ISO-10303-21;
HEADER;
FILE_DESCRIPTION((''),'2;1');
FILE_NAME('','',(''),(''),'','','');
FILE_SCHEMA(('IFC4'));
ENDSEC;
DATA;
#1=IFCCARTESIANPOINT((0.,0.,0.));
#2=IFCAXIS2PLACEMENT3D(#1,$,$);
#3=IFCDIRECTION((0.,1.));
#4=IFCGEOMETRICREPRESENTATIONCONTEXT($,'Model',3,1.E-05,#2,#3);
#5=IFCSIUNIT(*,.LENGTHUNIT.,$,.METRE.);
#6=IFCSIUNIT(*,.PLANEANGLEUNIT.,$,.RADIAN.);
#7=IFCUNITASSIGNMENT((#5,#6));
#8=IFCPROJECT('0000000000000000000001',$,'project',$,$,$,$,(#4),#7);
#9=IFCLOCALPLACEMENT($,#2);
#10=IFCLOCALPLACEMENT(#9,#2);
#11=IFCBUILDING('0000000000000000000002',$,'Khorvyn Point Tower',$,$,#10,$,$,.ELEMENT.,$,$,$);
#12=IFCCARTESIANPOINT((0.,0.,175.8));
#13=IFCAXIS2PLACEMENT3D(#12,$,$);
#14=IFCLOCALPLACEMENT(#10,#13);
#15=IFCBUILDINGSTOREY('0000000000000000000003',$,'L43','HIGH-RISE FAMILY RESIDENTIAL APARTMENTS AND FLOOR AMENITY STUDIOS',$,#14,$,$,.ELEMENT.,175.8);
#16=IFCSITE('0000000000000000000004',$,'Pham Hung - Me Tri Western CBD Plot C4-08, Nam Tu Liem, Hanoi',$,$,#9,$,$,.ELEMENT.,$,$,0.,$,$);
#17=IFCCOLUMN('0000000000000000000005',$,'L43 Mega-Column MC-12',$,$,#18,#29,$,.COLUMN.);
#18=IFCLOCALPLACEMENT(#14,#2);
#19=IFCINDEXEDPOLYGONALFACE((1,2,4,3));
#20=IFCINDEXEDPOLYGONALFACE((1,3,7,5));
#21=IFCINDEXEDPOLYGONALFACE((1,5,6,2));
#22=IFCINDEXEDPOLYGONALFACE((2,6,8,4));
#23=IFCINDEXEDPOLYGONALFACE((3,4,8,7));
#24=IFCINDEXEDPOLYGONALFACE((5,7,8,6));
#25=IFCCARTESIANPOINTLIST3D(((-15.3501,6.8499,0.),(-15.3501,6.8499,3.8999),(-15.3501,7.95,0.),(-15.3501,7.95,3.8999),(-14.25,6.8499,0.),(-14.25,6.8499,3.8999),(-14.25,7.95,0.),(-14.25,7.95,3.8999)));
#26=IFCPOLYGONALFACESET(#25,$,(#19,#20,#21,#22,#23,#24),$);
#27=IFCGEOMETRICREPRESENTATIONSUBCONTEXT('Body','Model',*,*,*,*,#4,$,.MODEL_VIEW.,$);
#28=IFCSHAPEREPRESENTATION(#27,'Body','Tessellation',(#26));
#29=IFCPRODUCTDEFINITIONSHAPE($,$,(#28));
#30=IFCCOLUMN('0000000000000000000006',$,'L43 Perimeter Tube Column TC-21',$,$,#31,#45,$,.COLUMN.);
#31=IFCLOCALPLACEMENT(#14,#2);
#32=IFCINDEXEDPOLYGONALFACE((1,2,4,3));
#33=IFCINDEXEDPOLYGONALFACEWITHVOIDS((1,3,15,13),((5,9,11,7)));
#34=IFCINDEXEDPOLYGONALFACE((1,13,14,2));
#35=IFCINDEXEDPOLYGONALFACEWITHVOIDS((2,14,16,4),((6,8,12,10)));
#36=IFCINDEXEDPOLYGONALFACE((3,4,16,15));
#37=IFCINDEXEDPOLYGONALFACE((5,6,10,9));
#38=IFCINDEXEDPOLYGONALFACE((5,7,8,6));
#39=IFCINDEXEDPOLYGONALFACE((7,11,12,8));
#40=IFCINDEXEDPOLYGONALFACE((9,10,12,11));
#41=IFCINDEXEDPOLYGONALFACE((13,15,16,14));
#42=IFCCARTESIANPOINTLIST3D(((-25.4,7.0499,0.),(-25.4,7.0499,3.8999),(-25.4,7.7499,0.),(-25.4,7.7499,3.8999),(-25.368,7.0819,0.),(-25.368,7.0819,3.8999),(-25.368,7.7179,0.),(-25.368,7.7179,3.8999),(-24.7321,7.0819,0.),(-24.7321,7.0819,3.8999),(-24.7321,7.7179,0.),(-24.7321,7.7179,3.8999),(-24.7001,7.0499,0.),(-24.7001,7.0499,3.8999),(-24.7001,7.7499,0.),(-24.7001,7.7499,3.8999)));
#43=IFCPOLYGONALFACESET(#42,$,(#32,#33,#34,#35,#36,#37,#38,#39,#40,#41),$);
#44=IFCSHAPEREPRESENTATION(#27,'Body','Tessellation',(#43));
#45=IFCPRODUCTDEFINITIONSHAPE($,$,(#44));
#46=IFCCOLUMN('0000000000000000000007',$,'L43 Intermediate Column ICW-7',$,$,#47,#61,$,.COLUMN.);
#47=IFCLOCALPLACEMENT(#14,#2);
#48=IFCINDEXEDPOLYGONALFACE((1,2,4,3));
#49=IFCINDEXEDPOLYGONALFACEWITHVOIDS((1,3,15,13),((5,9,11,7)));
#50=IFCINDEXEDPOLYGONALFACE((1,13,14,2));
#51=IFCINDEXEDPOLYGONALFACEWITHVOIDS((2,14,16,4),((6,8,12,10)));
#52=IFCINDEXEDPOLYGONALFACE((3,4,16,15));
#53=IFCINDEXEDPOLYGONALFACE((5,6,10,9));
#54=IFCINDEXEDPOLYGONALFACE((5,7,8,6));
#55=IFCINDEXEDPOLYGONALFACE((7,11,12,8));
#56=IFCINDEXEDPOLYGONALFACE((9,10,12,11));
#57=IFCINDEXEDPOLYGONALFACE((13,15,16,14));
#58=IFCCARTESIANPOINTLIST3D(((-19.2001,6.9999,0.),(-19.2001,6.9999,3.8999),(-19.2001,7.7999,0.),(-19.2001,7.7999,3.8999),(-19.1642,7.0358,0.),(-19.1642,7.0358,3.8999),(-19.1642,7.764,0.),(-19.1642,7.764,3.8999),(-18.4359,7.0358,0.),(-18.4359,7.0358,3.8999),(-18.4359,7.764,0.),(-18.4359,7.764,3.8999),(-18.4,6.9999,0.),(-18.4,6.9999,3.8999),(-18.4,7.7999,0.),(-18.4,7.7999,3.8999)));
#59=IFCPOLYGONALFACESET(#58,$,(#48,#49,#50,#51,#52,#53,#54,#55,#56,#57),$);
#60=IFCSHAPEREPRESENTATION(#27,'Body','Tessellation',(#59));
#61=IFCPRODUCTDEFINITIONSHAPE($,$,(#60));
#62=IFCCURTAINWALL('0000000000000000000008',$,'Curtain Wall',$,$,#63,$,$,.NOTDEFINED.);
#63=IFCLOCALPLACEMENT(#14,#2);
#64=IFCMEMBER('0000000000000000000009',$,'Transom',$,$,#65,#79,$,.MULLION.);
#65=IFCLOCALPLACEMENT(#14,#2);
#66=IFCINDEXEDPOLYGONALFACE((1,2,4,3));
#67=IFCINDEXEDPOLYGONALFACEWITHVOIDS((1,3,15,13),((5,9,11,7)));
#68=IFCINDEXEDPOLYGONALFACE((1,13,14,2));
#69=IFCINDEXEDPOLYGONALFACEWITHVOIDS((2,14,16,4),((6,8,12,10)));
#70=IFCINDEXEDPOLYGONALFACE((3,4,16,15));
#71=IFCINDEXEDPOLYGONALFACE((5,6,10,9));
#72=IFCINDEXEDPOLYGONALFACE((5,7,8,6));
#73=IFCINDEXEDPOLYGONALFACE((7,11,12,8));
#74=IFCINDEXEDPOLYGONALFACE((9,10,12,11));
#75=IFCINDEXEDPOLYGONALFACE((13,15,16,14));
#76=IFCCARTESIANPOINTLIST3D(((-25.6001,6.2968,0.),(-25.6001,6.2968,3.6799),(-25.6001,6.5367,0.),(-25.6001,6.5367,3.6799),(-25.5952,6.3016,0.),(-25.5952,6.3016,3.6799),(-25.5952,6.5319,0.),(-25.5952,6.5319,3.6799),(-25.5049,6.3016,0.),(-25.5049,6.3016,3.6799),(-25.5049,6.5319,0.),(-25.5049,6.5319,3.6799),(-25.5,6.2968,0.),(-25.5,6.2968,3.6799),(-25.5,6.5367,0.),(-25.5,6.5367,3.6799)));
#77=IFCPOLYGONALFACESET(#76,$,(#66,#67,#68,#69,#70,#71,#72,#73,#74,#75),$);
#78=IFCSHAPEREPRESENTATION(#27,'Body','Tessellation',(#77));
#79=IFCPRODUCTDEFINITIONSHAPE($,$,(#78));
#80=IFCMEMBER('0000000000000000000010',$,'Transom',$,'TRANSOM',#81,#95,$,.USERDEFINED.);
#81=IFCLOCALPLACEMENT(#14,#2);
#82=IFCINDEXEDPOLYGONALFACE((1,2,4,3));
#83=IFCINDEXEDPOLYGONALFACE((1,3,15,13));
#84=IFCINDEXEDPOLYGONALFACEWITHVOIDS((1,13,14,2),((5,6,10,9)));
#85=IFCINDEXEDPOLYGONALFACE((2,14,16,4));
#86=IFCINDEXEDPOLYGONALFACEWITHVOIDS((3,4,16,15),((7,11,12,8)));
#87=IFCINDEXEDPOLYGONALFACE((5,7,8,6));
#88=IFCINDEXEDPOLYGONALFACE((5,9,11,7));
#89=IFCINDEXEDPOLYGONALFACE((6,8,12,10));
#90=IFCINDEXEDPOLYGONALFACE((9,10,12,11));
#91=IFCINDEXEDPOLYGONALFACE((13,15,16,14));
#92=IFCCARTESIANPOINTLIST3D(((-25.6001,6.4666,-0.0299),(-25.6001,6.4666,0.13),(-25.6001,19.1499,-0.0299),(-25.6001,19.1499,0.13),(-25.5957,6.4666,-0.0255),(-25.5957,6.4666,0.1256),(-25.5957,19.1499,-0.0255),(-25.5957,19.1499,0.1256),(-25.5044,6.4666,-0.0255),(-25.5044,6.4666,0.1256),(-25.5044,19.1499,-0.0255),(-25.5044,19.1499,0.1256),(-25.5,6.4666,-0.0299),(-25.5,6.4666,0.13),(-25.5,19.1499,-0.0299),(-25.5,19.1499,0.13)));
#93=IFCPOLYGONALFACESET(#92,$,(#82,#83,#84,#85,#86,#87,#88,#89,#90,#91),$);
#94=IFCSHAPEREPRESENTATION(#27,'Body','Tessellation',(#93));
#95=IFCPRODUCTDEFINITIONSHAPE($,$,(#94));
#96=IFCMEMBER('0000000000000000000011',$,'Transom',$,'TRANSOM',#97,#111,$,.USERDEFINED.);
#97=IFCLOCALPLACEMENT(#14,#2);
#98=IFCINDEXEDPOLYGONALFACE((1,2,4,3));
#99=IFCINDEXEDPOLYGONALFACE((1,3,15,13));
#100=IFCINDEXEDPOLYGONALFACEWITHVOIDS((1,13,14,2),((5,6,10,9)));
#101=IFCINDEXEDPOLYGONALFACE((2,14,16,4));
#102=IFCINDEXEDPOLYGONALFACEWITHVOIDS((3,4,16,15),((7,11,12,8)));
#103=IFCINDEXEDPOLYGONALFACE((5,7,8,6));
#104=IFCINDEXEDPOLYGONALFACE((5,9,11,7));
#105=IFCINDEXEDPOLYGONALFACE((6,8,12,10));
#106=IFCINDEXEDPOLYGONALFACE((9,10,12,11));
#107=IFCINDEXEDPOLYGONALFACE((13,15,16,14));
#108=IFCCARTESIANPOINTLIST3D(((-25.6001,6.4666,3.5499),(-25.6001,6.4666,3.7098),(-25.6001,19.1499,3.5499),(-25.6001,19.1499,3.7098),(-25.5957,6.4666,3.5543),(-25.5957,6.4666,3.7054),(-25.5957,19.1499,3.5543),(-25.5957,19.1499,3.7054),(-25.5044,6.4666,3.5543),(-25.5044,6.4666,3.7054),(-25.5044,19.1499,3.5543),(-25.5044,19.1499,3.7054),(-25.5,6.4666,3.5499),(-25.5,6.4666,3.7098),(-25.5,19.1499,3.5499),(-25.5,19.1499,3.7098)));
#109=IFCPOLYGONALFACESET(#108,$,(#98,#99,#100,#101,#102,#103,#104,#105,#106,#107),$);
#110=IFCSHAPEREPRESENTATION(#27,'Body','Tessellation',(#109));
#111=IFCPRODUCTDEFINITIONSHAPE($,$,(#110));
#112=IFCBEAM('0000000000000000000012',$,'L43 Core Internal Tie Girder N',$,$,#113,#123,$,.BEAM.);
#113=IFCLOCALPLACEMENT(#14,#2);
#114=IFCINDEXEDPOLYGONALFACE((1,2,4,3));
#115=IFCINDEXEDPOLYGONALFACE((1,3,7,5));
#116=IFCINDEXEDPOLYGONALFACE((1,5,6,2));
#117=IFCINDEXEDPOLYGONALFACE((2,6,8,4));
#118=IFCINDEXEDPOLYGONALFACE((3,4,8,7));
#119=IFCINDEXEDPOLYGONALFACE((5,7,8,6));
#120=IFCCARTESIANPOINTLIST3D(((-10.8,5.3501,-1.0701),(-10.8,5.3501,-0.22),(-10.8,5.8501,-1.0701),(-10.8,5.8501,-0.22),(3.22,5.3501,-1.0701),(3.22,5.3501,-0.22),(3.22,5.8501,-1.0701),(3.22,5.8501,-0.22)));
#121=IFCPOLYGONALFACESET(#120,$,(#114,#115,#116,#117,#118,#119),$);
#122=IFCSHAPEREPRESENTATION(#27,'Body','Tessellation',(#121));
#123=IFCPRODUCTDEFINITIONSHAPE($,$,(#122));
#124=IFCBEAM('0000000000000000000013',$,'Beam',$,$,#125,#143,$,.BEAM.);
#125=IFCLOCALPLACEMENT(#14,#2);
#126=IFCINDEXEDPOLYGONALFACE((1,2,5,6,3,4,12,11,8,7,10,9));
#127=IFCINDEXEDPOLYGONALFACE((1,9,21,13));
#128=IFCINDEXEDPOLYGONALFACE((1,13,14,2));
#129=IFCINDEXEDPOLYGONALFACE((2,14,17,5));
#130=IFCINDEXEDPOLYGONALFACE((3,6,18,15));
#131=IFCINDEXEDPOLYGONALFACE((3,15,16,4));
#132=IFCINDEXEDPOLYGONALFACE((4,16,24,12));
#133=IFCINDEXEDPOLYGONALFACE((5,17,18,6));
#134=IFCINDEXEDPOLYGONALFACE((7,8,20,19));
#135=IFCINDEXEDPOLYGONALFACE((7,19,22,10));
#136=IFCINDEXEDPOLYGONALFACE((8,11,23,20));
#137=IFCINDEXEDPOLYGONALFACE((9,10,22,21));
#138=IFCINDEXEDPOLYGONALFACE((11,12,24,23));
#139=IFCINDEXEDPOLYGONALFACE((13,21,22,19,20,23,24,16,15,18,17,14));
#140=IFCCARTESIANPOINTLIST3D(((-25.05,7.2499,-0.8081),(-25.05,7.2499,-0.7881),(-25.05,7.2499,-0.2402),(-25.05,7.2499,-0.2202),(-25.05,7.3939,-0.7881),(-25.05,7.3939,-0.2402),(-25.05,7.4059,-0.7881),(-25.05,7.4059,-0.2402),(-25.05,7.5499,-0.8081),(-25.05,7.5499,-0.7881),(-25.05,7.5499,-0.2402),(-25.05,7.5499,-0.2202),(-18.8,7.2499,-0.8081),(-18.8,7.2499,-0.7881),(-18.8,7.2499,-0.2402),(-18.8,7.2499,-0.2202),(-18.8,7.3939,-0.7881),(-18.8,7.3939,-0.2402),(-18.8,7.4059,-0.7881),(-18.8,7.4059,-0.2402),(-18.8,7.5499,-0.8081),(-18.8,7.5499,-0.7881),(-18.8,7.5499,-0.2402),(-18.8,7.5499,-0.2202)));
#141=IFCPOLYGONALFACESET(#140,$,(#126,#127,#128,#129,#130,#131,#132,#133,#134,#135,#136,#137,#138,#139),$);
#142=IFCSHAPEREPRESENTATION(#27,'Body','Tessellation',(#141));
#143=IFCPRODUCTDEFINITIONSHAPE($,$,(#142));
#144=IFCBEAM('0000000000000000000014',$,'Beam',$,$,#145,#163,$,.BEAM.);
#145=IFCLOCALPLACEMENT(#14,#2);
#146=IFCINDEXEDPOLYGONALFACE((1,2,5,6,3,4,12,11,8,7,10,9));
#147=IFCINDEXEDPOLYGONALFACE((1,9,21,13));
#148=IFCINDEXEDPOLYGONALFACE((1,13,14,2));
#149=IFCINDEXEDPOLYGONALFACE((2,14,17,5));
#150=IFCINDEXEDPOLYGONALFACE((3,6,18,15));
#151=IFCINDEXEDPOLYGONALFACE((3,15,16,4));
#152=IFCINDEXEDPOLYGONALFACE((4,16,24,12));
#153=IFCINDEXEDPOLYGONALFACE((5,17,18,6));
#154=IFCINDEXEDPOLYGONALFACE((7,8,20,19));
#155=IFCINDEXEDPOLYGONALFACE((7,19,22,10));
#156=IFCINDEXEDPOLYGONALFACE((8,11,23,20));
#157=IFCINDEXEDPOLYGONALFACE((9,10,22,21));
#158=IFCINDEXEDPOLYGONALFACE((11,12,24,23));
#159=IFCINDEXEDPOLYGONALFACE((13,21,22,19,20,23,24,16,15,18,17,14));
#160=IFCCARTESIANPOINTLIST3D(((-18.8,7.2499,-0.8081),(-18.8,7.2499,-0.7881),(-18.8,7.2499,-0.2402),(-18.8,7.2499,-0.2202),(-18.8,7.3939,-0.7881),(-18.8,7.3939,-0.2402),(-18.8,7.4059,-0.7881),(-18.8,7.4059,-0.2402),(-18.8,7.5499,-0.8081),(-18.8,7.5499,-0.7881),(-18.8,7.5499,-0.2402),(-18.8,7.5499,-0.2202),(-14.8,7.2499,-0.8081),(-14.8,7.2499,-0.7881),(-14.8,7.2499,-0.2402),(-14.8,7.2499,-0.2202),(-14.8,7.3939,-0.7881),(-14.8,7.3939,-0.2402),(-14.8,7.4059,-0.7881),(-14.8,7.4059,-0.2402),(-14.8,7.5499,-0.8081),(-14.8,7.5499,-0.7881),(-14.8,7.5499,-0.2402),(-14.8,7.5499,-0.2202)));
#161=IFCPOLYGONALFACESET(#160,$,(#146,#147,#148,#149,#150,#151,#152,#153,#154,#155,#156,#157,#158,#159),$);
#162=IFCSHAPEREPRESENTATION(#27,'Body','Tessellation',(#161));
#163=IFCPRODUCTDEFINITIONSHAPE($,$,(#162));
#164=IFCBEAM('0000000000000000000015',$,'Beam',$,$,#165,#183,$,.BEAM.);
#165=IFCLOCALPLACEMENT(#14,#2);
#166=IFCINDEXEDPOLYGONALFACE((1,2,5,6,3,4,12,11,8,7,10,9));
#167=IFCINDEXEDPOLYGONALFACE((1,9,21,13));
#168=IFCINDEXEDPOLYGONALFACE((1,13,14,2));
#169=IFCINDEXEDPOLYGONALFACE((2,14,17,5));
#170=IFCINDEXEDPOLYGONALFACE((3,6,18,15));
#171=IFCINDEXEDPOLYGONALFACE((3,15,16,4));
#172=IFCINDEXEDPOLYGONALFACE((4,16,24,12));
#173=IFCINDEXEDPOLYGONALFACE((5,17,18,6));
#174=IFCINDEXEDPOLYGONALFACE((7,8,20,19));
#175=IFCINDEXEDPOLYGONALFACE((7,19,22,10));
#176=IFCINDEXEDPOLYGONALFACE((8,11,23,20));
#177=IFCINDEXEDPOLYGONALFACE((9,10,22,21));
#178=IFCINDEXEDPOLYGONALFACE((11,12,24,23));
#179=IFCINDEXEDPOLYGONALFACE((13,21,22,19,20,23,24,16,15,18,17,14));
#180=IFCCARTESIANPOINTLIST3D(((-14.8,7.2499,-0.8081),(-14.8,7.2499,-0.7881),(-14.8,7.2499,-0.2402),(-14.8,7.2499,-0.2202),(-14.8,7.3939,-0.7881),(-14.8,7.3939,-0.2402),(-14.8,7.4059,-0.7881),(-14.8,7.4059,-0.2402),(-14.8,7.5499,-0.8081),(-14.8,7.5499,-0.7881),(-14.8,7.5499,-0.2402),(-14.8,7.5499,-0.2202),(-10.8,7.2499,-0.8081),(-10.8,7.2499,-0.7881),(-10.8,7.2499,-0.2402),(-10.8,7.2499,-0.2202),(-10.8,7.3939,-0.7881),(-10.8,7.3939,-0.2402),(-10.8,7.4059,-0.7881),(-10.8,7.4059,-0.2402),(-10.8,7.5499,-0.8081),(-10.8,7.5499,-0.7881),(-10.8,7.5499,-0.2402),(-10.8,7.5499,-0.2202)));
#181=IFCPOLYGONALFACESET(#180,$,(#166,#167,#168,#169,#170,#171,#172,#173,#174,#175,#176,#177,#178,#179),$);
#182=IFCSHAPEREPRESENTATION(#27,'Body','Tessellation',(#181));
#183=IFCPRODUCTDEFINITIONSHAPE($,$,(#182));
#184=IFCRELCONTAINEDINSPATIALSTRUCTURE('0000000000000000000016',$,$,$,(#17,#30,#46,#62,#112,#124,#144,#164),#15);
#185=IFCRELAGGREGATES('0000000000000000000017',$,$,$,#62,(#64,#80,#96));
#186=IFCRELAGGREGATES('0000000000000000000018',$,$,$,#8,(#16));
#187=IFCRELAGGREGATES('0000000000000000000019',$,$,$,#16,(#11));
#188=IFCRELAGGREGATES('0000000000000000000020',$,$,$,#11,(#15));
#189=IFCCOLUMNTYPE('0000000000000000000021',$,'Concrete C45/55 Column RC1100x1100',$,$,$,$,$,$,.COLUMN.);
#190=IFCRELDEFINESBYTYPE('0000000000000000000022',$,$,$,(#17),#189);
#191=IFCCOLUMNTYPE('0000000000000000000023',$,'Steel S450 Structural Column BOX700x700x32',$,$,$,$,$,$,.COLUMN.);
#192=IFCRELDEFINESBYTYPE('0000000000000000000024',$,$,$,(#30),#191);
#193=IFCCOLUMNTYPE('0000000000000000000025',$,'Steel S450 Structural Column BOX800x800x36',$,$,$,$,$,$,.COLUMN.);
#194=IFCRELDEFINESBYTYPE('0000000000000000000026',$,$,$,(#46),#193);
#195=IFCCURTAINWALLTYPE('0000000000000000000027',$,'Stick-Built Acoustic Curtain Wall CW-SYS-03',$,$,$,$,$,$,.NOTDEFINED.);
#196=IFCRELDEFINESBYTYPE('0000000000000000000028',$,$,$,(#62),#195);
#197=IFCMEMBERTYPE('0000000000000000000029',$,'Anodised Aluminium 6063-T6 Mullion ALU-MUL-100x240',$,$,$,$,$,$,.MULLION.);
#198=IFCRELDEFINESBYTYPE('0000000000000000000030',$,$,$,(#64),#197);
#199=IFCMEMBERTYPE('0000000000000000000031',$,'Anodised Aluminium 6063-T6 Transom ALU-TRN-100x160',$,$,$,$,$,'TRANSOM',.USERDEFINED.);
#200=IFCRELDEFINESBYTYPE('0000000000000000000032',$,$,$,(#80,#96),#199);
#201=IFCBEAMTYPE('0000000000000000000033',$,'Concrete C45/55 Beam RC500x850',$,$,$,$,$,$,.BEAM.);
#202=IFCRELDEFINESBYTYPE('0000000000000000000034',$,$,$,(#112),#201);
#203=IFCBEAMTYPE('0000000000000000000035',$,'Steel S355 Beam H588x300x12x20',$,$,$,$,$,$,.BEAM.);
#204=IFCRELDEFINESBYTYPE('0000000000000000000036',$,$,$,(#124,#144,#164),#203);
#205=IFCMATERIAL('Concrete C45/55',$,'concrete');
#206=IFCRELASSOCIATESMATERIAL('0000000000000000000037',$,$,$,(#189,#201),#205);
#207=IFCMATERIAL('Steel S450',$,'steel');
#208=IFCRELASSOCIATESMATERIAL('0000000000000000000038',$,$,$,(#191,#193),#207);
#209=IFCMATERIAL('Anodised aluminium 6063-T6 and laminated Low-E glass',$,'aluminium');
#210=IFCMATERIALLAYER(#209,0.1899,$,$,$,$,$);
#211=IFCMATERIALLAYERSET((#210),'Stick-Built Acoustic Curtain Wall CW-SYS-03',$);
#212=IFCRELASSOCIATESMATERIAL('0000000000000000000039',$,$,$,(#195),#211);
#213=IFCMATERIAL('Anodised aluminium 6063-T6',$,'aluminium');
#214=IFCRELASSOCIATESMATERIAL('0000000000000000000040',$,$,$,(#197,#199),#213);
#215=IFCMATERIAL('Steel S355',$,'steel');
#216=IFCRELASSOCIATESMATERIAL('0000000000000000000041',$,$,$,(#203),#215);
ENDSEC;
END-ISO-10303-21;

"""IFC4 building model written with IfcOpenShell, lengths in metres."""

from ifc_helpers import new_model, si_unit, direction, frame, origin, origin_2d, place, context, subcontext, project, spatial, rectangle, hollow_rectangle, i_section, extrude, material, layer, layer_set, material_profile, profile_set, type_object, element, aggregate, save


model = new_model("IFC4")

# Units and contexts
model_context = context("Model", 3, precision=1e-05, world=origin(), true_north=direction((0.0, 1.0)))
body_context = subcontext(model_context, "Body", "Model", "MODEL_VIEW")
ifc_project = project(units=[si_unit("LENGTHUNIT", "METRE"), si_unit("PLANEANGLEUNIT", "RADIAN")], contexts=[model_context])

# Site, building, storey
site_placement = place(None, origin())
site = spatial("IfcSite", under=ifc_project, at=site_placement, Name="Pham Hung - Me Tri Western CBD Plot C4-08, Nam Tu Liem, Hanoi", CompositionType="ELEMENT", RefElevation=0.0)
building_placement = place(site_placement, origin())
building = spatial("IfcBuilding", under=site, at=building_placement, Name="Khorvyn Point Tower", CompositionType="ELEMENT")
storey_placement = place(building_placement, frame((0.0, 0.0, 175.8)))
storey = spatial("IfcBuildingStorey", under=building, at=storey_placement, Name="L43", Description="HIGH-RISE FAMILY RESIDENTIAL APARTMENTS AND FLOOR AMENITY STUDIOS", CompositionType="ELEMENT", Elevation=175.8)

# Columns
ifc_material_1 = material(Name="Concrete C45/55", Category="concrete")
ifc_material_profile_1 = material_profile(ifc_material_1, rectangle(XDim=1.1001, YDim=1.1001, at=origin_2d()))
ifc_profile_set_1 = profile_set([ifc_material_profile_1], Name="Concrete C45/55 RC1100x1100")
column_type_1 = type_object("IfcColumnType", Name="Concrete C45/55 Column RC1100x1100", PredefinedType="COLUMN", material=ifc_profile_set_1)
column_1_placement = place(storey_placement, frame((-14.8, 7.3999, 0.0), z_axis=(0.0, 0.0, 1.0), x_axis=(1.0, 0.0, 0.0)))
element("IfcColumn", 1, at=column_1_placement, inside=storey, type_object=column_type_1, Name="L43 Mega-Column MC-12", PredefinedType="COLUMN", context=body_context, shape_type="SweptSolid", body=[
    extrude(rectangle(XDim=1.1001, YDim=1.1001, at=origin_2d()), origin(), (0.0, 0.0, 1.0), 3.8999),
])
ifc_material_2 = material(Name="Steel S450", Category="steel")
ifc_material_profile_2 = material_profile(ifc_material_2, hollow_rectangle(XDim=0.7, YDim=0.7, WallThickness=0.032, at=origin_2d()))
ifc_profile_set_2 = profile_set([ifc_material_profile_2], Name="Steel S450 BOX700x700x32")
column_type_2 = type_object("IfcColumnType", Name="Steel S450 Structural Column BOX700x700x32", PredefinedType="COLUMN", material=ifc_profile_set_2)
column_2_placement = place(storey_placement, frame((-25.05, 7.3999, 0.0), z_axis=(0.0, 0.0, 1.0), x_axis=(1.0, 0.0, 0.0)))
element("IfcColumn", 2, at=column_2_placement, inside=storey, type_object=column_type_2, Name="L43 Perimeter Tube Column TC-21", PredefinedType="COLUMN", context=body_context, shape_type="SweptSolid", body=[
    extrude(hollow_rectangle(XDim=0.7, YDim=0.7, WallThickness=0.032, at=origin_2d()), origin(), (0.0, 0.0, 1.0), 3.8999),
])
ifc_material_profile_3 = material_profile(ifc_material_2, hollow_rectangle(XDim=0.8, YDim=0.8, WallThickness=0.0359, at=origin_2d()))
ifc_profile_set_3 = profile_set([ifc_material_profile_3], Name="Steel S450 BOX800x800x36")
column_type_3 = type_object("IfcColumnType", Name="Steel S450 Structural Column BOX800x800x36", PredefinedType="COLUMN", material=ifc_profile_set_3)
column_3_placement = place(storey_placement, frame((-18.8, 7.3999, 0.0), z_axis=(0.0, 0.0, 1.0), x_axis=(1.0, 0.0, 0.0)))
element("IfcColumn", 3, at=column_3_placement, inside=storey, type_object=column_type_3, Name="L43 Intermediate Column ICW-7", PredefinedType="COLUMN", context=body_context, shape_type="SweptSolid", body=[
    extrude(hollow_rectangle(XDim=0.8, YDim=0.8, WallThickness=0.0359, at=origin_2d()), origin(), (0.0, 0.0, 1.0), 3.8999),
])

# Curtain wall, members
ifc_material_3 = material(Name="Anodised aluminium 6063-T6 and laminated Low-E glass", Category="aluminium")
ifc_layer_1 = layer(ifc_material_3, 0.1899)
ifc_layer_set_1 = layer_set([ifc_layer_1], Name="Stick-Built Acoustic Curtain Wall CW-SYS-03")
curtain_wall_type = type_object("IfcCurtainWallType", Name="Stick-Built Acoustic Curtain Wall CW-SYS-03", PredefinedType="NOTDEFINED", material=ifc_layer_set_1)
curtain_wall_placement = place(storey_placement, origin())
curtain_wall = element("IfcCurtainWall", 4, at=curtain_wall_placement, inside=storey, type_object=curtain_wall_type, Name="Curtain Wall", PredefinedType="NOTDEFINED")
ifc_material_4 = material(Name="Anodised aluminium 6063-T6", Category="aluminium")
ifc_material_profile_4 = material_profile(ifc_material_4, hollow_rectangle(XDim=0.1001, YDim=0.24, WallThickness=0.0049, at=origin_2d()))
ifc_profile_set_4 = profile_set([ifc_material_profile_4], Name="Anodised aluminium 6063-T6 ALU-MUL-100x240")
member_type_1 = type_object("IfcMemberType", Name="Anodised Aluminium 6063-T6 Mullion ALU-MUL-100x240", PredefinedType="MULLION", material=ifc_profile_set_4)
member_1_placement = place(storey_placement, frame((-25.55, 6.4167, 0.0), z_axis=(0.0, 0.0, 1.0), x_axis=(-1.0, 0.0, 0.0)))
member_1 = element("IfcMember", 5, at=member_1_placement, type_object=member_type_1, Name="Transom", PredefinedType="MULLION", context=body_context, shape_type="SweptSolid", body=[
    extrude(hollow_rectangle(XDim=0.1001, YDim=0.24, WallThickness=0.0049, at=origin_2d()), origin(), (0.0, 0.0, 1.0), 3.6799),
])
ifc_material_profile_5 = material_profile(ifc_material_4, hollow_rectangle(XDim=0.1001, YDim=0.1599, WallThickness=0.0044, at=origin_2d()))
ifc_profile_set_5 = profile_set([ifc_material_profile_5], Name="Anodised aluminium 6063-T6 ALU-TRN-100x160")
member_type_2 = type_object("IfcMemberType", Name="Anodised Aluminium 6063-T6 Transom ALU-TRN-100x160", ElementType="TRANSOM", PredefinedType="USERDEFINED", material=ifc_profile_set_5)
member_2_placement = place(storey_placement, frame((-25.55, 6.4666, 0.05), z_axis=(0.0, 1.0, 0.0), x_axis=(-1.0, 0.0, 0.0)))
member_2 = element("IfcMember", 6, at=member_2_placement, type_object=member_type_2, Name="Transom", ObjectType="TRANSOM", PredefinedType="USERDEFINED", context=body_context, shape_type="SweptSolid", body=[
    extrude(hollow_rectangle(XDim=0.1001, YDim=0.1599, WallThickness=0.0044, at=origin_2d()), origin(), (0.0, 0.0, 1.0), 12.6833),
])
member_3_placement = place(storey_placement, frame((-25.55, 6.4666, 3.6299), z_axis=(0.0, 1.0, 0.0), x_axis=(-1.0, 0.0, 0.0)))
member_3 = element("IfcMember", 7, at=member_3_placement, type_object=member_type_2, Name="Transom", ObjectType="TRANSOM", PredefinedType="USERDEFINED", context=body_context, shape_type="SweptSolid", body=[
    extrude(hollow_rectangle(XDim=0.1001, YDim=0.1599, WallThickness=0.0044, at=origin_2d()), origin(), (0.0, 0.0, 1.0), 12.6833),
])

# Beams
ifc_material_profile_6 = material_profile(ifc_material_1, rectangle(XDim=0.5, YDim=0.8501, at=origin_2d()))
ifc_profile_set_6 = profile_set([ifc_material_profile_6], Name="Concrete C45/55 RC500x850")
beam_type_1 = type_object("IfcBeamType", Name="Concrete C45/55 Beam RC500x850", PredefinedType="BEAM", material=ifc_profile_set_6)
beam_1_placement = place(storey_placement, frame((-10.8, 5.6001, -0.645), z_axis=(1.0, 0.0, 0.0), x_axis=(0.0, 1.0, 0.0)))
element("IfcBeam", 8, at=beam_1_placement, inside=storey, type_object=beam_type_1, Name="L43 Core Internal Tie Girder N", PredefinedType="BEAM", context=body_context, shape_type="SweptSolid", body=[
    extrude(rectangle(XDim=0.5, YDim=0.8501, at=origin_2d()), origin(), (0.0, 0.0, 1.0), 14.02),
])
ifc_material_5 = material(Name="Steel S355", Category="steel")
ifc_material_profile_7 = material_profile(ifc_material_5, i_section(OverallWidth=0.3, OverallDepth=0.5879, WebThickness=0.012, FlangeThickness=0.02, at=origin_2d()))
ifc_profile_set_7 = profile_set([ifc_material_profile_7], Name="Steel S355 H588x300x12x20")
beam_type_2 = type_object("IfcBeamType", Name="Steel S355 Beam H588x300x12x20", PredefinedType="BEAM", material=ifc_profile_set_7)
beam_2_placement = place(storey_placement, frame((-25.05, 7.3999, -0.5142), z_axis=(1.0, 0.0, 0.0), x_axis=(0.0, 1.0, 0.0)))
element("IfcBeam", 9, at=beam_2_placement, inside=storey, type_object=beam_type_2, Name="Beam", PredefinedType="BEAM", context=body_context, shape_type="SweptSolid", body=[
    extrude(i_section(OverallWidth=0.3, OverallDepth=0.5879, WebThickness=0.012, FlangeThickness=0.02, at=origin_2d()), origin(), (0.0, 0.0, 1.0), 6.25),
])
for number, where, z_axis, x_axis, name in (
    (10, (-18.8, 7.3999, -0.5142), (1.0, 0.0, 0.0), (0.0, 1.0, 0.0), "Beam"),
    (11, (-14.8, 7.3999, -0.5142), (1.0, 0.0, 0.0), (0.0, 1.0, 0.0), "Beam"),
):
    element("IfcBeam", number, at=place(storey_placement, frame(where, z_axis=z_axis, x_axis=x_axis)), inside=storey, type_object=beam_type_2, Name=name, PredefinedType="BEAM", context=body_context, shape_type="SweptSolid", body=[
        extrude(i_section(OverallWidth=0.3, OverallDepth=0.5879, WebThickness=0.012, FlangeThickness=0.02, at=origin_2d()), origin(), (0.0, 0.0, 1.0), 4.0),
    ])

aggregate(curtain_wall, [member_1, member_2, member_3])

save(model, "model.ifc")
